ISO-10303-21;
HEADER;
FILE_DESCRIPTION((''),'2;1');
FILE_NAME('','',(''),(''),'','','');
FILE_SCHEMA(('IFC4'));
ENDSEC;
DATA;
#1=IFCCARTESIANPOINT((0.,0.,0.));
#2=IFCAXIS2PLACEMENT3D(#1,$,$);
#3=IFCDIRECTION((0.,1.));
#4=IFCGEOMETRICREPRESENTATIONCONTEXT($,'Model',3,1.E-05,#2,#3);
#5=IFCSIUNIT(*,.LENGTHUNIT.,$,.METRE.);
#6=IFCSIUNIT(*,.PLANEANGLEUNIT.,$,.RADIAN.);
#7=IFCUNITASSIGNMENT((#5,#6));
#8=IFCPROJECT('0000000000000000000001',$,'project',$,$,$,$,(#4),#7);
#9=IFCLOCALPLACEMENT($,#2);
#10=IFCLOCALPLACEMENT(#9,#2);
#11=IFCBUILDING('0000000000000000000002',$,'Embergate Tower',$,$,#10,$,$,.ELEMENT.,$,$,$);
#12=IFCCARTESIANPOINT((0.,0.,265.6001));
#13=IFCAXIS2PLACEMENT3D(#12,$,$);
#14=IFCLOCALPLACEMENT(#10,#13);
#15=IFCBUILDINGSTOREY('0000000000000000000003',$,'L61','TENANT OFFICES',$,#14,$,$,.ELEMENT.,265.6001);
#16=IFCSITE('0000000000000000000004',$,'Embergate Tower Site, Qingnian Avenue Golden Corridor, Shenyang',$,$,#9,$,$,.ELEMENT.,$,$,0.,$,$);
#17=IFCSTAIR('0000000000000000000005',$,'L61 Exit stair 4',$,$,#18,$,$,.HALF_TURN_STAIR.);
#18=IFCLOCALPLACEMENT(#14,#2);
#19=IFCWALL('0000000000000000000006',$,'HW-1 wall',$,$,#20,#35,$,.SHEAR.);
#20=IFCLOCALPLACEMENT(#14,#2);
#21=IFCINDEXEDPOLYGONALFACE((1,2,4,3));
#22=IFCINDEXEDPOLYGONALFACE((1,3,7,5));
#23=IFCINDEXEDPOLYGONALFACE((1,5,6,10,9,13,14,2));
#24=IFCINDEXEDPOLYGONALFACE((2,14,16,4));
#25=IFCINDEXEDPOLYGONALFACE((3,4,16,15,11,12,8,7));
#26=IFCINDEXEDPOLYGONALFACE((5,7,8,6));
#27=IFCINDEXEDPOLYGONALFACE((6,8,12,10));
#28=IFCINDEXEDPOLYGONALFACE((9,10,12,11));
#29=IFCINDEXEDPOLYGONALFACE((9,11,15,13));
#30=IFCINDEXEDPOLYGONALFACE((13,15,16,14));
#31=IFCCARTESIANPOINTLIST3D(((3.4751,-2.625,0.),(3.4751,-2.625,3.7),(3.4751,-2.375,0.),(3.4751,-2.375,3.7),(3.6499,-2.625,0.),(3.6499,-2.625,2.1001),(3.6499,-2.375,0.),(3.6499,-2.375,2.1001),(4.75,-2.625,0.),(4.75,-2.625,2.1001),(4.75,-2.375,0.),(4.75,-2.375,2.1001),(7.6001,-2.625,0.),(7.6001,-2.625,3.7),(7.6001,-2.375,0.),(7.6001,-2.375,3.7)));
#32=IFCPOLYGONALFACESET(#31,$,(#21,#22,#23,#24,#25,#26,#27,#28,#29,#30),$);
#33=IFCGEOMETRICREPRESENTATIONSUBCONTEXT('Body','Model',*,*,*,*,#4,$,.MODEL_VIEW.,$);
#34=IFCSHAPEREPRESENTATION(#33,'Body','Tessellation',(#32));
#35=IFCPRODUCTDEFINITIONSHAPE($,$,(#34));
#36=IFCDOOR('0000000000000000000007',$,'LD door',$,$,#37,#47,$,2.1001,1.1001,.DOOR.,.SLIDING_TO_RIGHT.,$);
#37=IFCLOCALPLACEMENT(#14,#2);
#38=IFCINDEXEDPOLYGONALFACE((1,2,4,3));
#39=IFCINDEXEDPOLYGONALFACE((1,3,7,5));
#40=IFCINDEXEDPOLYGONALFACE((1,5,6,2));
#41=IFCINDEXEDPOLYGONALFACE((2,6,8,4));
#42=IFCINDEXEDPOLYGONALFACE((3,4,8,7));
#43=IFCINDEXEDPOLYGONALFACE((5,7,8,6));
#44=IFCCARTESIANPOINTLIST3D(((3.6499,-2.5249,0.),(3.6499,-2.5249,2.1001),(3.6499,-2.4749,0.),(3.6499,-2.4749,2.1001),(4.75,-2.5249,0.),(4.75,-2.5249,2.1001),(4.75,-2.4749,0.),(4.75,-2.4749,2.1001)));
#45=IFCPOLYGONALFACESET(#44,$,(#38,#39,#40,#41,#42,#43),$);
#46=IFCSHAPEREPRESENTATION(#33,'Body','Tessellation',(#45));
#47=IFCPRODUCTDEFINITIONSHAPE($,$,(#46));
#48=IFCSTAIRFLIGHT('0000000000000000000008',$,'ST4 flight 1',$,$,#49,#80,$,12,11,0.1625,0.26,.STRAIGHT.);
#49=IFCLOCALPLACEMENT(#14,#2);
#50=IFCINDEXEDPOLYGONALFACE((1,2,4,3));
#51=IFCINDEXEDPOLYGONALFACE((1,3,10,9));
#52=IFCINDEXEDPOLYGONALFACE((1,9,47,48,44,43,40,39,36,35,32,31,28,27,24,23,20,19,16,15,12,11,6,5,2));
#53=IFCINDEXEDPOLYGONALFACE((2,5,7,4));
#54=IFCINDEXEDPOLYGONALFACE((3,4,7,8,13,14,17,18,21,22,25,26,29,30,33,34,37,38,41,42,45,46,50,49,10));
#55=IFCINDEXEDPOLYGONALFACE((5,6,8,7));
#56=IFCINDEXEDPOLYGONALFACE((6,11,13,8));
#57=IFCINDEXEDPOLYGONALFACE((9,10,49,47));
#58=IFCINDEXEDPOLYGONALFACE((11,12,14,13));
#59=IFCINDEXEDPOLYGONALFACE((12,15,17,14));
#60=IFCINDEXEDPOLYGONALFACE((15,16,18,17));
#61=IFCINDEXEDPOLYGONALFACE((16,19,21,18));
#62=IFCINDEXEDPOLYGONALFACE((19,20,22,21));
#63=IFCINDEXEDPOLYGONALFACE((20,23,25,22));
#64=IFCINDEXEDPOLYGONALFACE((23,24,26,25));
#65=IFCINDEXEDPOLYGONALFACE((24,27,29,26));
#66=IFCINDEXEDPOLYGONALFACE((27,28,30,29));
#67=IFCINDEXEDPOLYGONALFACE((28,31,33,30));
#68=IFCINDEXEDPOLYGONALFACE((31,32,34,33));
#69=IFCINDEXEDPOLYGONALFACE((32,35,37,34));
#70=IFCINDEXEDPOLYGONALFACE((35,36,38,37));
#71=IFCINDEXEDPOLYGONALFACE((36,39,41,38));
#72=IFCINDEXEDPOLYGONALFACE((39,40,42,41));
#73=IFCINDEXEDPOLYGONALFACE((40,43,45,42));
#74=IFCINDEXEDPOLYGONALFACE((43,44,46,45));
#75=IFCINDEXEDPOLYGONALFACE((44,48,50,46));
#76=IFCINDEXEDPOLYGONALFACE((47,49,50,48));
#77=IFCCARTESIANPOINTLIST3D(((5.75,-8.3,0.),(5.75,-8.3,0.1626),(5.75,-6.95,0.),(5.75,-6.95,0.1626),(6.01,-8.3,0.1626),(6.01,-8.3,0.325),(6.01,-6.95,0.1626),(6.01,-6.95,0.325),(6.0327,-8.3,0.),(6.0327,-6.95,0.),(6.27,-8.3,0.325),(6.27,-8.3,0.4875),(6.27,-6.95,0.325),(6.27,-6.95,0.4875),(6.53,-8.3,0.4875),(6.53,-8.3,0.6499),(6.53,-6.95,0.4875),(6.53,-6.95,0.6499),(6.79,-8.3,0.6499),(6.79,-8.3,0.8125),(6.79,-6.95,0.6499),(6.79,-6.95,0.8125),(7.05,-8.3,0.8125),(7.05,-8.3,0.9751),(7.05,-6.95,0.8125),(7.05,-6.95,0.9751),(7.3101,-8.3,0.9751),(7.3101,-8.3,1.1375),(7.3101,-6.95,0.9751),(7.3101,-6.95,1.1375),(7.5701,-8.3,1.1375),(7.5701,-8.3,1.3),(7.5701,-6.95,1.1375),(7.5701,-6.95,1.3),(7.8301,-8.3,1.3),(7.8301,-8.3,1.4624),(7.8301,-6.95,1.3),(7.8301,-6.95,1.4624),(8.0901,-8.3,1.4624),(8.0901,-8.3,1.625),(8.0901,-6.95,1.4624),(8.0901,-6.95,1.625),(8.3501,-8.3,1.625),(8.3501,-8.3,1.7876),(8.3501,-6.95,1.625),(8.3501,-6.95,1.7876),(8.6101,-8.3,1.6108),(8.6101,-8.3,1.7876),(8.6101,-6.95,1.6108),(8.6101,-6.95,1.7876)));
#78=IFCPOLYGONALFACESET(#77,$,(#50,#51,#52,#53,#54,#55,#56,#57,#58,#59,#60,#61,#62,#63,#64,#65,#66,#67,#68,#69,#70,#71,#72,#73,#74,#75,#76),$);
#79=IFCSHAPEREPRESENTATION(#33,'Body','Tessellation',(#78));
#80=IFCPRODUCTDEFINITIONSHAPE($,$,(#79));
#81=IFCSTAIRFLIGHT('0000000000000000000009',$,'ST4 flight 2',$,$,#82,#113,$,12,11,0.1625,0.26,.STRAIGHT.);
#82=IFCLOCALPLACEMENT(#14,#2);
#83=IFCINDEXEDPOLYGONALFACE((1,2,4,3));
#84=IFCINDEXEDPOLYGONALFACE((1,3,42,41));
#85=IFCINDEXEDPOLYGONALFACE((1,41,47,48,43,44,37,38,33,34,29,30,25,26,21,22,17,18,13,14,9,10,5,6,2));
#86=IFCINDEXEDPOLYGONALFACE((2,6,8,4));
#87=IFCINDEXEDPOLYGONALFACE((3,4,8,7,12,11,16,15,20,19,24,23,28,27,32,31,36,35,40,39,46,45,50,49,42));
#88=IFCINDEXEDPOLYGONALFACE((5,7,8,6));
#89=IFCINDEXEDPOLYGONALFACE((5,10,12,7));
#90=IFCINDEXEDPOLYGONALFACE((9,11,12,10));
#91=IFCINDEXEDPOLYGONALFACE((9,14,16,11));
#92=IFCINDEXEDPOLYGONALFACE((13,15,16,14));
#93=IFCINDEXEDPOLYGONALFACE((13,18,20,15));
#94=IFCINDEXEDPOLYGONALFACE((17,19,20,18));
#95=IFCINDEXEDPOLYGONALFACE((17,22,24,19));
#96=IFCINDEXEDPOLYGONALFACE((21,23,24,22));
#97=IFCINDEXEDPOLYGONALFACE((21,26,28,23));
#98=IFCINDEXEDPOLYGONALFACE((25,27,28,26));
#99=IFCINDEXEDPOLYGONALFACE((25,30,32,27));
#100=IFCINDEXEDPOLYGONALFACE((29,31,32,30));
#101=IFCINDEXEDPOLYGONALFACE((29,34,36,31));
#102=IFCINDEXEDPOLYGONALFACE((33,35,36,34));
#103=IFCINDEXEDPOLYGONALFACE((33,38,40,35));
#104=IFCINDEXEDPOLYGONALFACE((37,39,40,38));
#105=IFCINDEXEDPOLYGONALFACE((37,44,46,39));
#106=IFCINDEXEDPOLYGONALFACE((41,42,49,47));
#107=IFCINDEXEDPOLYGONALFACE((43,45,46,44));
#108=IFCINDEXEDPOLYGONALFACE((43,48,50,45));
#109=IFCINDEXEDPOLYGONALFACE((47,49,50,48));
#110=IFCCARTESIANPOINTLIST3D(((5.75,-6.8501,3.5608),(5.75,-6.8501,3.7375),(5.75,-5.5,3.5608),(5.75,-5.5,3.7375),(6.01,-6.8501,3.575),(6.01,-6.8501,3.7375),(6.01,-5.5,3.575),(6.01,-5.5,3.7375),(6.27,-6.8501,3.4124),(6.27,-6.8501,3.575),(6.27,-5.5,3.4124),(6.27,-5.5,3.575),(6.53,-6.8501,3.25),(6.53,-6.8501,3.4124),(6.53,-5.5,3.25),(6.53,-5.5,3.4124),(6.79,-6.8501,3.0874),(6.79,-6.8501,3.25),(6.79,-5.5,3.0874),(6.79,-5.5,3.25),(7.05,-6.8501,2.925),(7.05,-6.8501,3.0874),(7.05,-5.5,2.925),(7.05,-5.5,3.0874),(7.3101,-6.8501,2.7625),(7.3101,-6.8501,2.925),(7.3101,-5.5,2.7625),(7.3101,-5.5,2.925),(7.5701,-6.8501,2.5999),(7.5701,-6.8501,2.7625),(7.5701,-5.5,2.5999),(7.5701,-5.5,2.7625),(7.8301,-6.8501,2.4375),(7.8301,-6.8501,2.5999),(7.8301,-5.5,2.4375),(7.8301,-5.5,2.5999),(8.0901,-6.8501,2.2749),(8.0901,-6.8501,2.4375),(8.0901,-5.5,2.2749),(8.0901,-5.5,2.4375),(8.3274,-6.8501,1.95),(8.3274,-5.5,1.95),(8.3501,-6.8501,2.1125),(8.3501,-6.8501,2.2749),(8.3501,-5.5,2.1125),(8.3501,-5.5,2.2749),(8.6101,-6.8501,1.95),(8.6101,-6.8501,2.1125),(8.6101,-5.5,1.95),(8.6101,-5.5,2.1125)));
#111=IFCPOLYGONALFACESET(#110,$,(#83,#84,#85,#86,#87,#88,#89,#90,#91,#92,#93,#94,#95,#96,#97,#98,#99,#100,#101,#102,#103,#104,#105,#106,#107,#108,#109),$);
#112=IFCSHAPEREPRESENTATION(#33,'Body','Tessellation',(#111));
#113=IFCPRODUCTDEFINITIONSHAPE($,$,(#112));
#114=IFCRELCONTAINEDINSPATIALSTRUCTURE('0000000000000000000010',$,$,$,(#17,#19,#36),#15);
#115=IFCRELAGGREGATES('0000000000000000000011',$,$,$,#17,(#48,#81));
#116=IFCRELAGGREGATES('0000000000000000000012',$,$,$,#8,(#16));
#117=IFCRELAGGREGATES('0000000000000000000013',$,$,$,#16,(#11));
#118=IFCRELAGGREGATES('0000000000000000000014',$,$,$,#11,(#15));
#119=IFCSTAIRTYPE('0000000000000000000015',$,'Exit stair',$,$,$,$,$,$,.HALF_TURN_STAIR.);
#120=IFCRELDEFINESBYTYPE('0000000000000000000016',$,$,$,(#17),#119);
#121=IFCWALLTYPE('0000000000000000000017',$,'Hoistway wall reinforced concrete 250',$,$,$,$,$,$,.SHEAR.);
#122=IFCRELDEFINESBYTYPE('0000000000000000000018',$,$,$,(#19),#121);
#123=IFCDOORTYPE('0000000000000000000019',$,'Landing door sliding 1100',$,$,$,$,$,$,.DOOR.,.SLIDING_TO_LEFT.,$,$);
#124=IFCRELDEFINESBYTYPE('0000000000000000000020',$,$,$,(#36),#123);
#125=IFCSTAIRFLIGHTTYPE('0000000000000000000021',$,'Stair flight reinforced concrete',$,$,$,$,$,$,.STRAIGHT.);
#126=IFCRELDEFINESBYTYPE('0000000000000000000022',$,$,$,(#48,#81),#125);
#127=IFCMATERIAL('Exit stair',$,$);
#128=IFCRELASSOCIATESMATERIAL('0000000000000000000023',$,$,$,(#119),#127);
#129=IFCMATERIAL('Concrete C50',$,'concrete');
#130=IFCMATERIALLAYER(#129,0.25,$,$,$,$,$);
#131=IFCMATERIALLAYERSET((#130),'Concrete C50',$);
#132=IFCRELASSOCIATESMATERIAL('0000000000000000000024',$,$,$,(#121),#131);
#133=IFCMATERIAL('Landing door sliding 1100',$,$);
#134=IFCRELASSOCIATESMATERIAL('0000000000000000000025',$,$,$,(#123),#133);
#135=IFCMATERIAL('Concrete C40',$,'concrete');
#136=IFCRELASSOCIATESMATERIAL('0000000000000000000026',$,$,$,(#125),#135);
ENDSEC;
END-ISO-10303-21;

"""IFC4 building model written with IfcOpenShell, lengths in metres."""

from ifc_helpers import new_model, si_unit, direction, frame, frame_2d, origin, place, context, subcontext, project, spatial, polyline, rectangle, outline, extrude, source, transform, mapped, material, layer, layer_set, type_object, element, fill, aggregate, save


model = new_model("IFC4")

# Units and contexts
model_context = context("Model", 3, precision=1e-05, world=origin(), true_north=direction((0.0, 1.0)))
body_context = subcontext(model_context, "Body", "Model", "MODEL_VIEW")
ifc_project = project(units=[si_unit("LENGTHUNIT", "METRE"), si_unit("PLANEANGLEUNIT", "RADIAN")], contexts=[model_context])

# Site, building, storey
site_placement = place(None, origin())
site = spatial("IfcSite", under=ifc_project, at=site_placement, Name="Embergate Tower Site, Qingnian Avenue Golden Corridor, Shenyang", CompositionType="ELEMENT", RefElevation=0.0)
building_placement = place(site_placement, origin())
building = spatial("IfcBuilding", under=site, at=building_placement, Name="Embergate Tower", CompositionType="ELEMENT")
storey_placement = place(building_placement, frame((0.0, 0.0, 265.6001)))
storey = spatial("IfcBuildingStorey", under=building, at=storey_placement, Name="L61", Description="TENANT OFFICES", CompositionType="ELEMENT", Elevation=265.6001)

# Stair
ifc_material_1 = material(Name="Exit stair")
stair_type = type_object("IfcStairType", Name="Exit stair", PredefinedType="HALF_TURN_STAIR", material=ifc_material_1)
stair_placement = place(storey_placement, origin())
stair = element("IfcStair", 1, at=stair_placement, inside=storey, type_object=stair_type, Name="L61 Exit stair 4", PredefinedType="HALF_TURN_STAIR")
ifc_material_2 = material(Name="Concrete C40", Category="concrete")

# Shared definitions
ifc_material_3 = material(Name="Concrete C50", Category="concrete")

# Shared definitions
ifc_layer_1 = layer(ifc_material_3, 0.25)
ifc_layer_set_1 = layer_set([ifc_layer_1], Name="Concrete C50")
wall_type_1 = type_object("IfcWallType", Name="Hoistway wall reinforced concrete 250", PredefinedType="SHEAR", material=ifc_layer_set_1)

# Wall, opening, door
shared_shape_1 = source(origin(), body_context, "Body", "SweptSolid", [
    extrude(rectangle(XDim=4.125, YDim=0.25, at=frame_2d((2.0625, 0.0))), origin(), (0.0, 0.0, 1.0), 3.7),
])
wall_1_placement = place(storey_placement, frame((7.6001, -2.5, 0.0), z_axis=(0.0, 0.0, 1.0), x_axis=(-1.0, 0.0, 0.0)))
wall_1 = element("IfcWall", 2, at=wall_1_placement, inside=storey, type_object=wall_type_1, Name="HW-1 wall", PredefinedType="SHEAR", context=body_context, shape_type="MappedRepresentation", body=[
    mapped(shared_shape_1, transform((0.0, 0.0, 0.0))),
])
shared_shape_2 = source(origin(), body_context, "Body", "SweptSolid", [
    extrude(rectangle(XDim=1.1001, YDim=2.1001, at=frame_2d((0.55, 1.05))), frame((0.0, 0.135, 0.0), z_axis=(0.0, -1.0, 0.0), x_axis=(1.0, 0.0, 0.0)), (0.0, 0.0, 1.0), 0.27),
])
opening_1_placement = place(wall_1_placement, frame((2.8501, 0.0, 0.0)))
opening_1 = element("IfcOpeningElement", 3, at=opening_1_placement, cuts=wall_1, PredefinedType="OPENING", context=body_context, shape_type="MappedRepresentation", body=[
    mapped(shared_shape_2, transform((0.0, 0.0, 0.0))),
])
ifc_material_4 = material(Name="Landing door sliding 1100")
door_type_1 = type_object("IfcDoorType", Name="Landing door sliding 1100", OperationType="SLIDING_TO_LEFT", PredefinedType="DOOR", material=ifc_material_4)
shared_shape_3 = source(origin(), body_context, "Body", "SweptSolid", [
    extrude(rectangle(XDim=1.1001, YDim=2.1001, at=frame_2d((0.55, 1.05))), frame((0.0, 0.0249, 0.0), z_axis=(0.0, -1.0, 0.0), x_axis=(1.0, 0.0, 0.0)), (0.0, 0.0, 1.0), 0.05),
])
door_1_placement = place(opening_1_placement, origin())
door_1 = element("IfcDoor", 4, at=door_1_placement, inside=storey, type_object=door_type_1, Name="LD door", OperationType="SLIDING_TO_RIGHT", OverallHeight=2.1001, OverallWidth=1.1001, PredefinedType="DOOR", context=body_context, shape_type="MappedRepresentation", body=[
    mapped(shared_shape_3, transform((0.0, 0.0, 0.0))),
])
fill(opening_1, door_1)

# Stair flights
stair_flight_type = type_object("IfcStairFlightType", Name="Stair flight reinforced concrete", PredefinedType="STRAIGHT", material=ifc_material_2)
shared_shape_4 = source(origin(), body_context, "Body", "SweptSolid", [
    extrude(outline(polyline([(0.0, 0.0), (0.0, 0.1626), (0.26, 0.1626), (0.26, 0.325), (0.52, 0.325), (0.52, 0.4875), (0.78, 0.4875), (0.78, 0.6499), (1.04, 0.6499), (1.04, 0.8125), (1.3, 0.8125), (1.3, 0.9751), (1.5601, 0.9751), (1.5601, 1.1375), (1.8201, 1.1375), (1.8201, 1.3), (2.0801, 1.3), (2.0801, 1.4624), (2.3401, 1.4624), (2.3401, 1.625), (2.6001, 1.625), (2.6001, 1.7876), (2.8601, 1.7876), (2.8601, 1.95), (2.8601, 1.6108), (0.2827, 0.0), (0.0, 0.0)])), frame((0.0, 0.675, 0.0), z_axis=(0.0, -1.0, 0.0), x_axis=(1.0, 0.0, 0.0)), (0.0, 0.0, 1.0), 1.3501),
])
stair_flight_1_placement = place(storey_placement, frame((5.75, -7.625, 0.0), z_axis=(0.0, 0.0, 1.0), x_axis=(1.0, 0.0, 0.0)))
stair_flight_1 = element("IfcStairFlight", 5, at=stair_flight_1_placement, type_object=stair_flight_type, Name="ST4 flight 1", NumberOfRisers=12, NumberOfTreads=11, PredefinedType="STRAIGHT", RiserHeight=0.1625, TreadLength=0.26, context=body_context, shape_type="MappedRepresentation", body=[
    mapped(shared_shape_4, transform((0.0, 0.0, 0.0))),
])
stair_flight_2_placement = place(storey_placement, frame((8.6101, -6.175, 1.95), z_axis=(0.0, 0.0, 1.0), x_axis=(-1.0, 0.0, 0.0)))
stair_flight_2 = element("IfcStairFlight", 6, at=stair_flight_2_placement, type_object=stair_flight_type, Name="ST4 flight 2", NumberOfRisers=12, NumberOfTreads=11, PredefinedType="STRAIGHT", RiserHeight=0.1625, TreadLength=0.26, context=body_context, shape_type="MappedRepresentation", body=[
    mapped(shared_shape_4, transform((0.0, 0.0, 0.0))),
])
aggregate(stair, [stair_flight_1, stair_flight_2])

save(model, "model.ifc")
